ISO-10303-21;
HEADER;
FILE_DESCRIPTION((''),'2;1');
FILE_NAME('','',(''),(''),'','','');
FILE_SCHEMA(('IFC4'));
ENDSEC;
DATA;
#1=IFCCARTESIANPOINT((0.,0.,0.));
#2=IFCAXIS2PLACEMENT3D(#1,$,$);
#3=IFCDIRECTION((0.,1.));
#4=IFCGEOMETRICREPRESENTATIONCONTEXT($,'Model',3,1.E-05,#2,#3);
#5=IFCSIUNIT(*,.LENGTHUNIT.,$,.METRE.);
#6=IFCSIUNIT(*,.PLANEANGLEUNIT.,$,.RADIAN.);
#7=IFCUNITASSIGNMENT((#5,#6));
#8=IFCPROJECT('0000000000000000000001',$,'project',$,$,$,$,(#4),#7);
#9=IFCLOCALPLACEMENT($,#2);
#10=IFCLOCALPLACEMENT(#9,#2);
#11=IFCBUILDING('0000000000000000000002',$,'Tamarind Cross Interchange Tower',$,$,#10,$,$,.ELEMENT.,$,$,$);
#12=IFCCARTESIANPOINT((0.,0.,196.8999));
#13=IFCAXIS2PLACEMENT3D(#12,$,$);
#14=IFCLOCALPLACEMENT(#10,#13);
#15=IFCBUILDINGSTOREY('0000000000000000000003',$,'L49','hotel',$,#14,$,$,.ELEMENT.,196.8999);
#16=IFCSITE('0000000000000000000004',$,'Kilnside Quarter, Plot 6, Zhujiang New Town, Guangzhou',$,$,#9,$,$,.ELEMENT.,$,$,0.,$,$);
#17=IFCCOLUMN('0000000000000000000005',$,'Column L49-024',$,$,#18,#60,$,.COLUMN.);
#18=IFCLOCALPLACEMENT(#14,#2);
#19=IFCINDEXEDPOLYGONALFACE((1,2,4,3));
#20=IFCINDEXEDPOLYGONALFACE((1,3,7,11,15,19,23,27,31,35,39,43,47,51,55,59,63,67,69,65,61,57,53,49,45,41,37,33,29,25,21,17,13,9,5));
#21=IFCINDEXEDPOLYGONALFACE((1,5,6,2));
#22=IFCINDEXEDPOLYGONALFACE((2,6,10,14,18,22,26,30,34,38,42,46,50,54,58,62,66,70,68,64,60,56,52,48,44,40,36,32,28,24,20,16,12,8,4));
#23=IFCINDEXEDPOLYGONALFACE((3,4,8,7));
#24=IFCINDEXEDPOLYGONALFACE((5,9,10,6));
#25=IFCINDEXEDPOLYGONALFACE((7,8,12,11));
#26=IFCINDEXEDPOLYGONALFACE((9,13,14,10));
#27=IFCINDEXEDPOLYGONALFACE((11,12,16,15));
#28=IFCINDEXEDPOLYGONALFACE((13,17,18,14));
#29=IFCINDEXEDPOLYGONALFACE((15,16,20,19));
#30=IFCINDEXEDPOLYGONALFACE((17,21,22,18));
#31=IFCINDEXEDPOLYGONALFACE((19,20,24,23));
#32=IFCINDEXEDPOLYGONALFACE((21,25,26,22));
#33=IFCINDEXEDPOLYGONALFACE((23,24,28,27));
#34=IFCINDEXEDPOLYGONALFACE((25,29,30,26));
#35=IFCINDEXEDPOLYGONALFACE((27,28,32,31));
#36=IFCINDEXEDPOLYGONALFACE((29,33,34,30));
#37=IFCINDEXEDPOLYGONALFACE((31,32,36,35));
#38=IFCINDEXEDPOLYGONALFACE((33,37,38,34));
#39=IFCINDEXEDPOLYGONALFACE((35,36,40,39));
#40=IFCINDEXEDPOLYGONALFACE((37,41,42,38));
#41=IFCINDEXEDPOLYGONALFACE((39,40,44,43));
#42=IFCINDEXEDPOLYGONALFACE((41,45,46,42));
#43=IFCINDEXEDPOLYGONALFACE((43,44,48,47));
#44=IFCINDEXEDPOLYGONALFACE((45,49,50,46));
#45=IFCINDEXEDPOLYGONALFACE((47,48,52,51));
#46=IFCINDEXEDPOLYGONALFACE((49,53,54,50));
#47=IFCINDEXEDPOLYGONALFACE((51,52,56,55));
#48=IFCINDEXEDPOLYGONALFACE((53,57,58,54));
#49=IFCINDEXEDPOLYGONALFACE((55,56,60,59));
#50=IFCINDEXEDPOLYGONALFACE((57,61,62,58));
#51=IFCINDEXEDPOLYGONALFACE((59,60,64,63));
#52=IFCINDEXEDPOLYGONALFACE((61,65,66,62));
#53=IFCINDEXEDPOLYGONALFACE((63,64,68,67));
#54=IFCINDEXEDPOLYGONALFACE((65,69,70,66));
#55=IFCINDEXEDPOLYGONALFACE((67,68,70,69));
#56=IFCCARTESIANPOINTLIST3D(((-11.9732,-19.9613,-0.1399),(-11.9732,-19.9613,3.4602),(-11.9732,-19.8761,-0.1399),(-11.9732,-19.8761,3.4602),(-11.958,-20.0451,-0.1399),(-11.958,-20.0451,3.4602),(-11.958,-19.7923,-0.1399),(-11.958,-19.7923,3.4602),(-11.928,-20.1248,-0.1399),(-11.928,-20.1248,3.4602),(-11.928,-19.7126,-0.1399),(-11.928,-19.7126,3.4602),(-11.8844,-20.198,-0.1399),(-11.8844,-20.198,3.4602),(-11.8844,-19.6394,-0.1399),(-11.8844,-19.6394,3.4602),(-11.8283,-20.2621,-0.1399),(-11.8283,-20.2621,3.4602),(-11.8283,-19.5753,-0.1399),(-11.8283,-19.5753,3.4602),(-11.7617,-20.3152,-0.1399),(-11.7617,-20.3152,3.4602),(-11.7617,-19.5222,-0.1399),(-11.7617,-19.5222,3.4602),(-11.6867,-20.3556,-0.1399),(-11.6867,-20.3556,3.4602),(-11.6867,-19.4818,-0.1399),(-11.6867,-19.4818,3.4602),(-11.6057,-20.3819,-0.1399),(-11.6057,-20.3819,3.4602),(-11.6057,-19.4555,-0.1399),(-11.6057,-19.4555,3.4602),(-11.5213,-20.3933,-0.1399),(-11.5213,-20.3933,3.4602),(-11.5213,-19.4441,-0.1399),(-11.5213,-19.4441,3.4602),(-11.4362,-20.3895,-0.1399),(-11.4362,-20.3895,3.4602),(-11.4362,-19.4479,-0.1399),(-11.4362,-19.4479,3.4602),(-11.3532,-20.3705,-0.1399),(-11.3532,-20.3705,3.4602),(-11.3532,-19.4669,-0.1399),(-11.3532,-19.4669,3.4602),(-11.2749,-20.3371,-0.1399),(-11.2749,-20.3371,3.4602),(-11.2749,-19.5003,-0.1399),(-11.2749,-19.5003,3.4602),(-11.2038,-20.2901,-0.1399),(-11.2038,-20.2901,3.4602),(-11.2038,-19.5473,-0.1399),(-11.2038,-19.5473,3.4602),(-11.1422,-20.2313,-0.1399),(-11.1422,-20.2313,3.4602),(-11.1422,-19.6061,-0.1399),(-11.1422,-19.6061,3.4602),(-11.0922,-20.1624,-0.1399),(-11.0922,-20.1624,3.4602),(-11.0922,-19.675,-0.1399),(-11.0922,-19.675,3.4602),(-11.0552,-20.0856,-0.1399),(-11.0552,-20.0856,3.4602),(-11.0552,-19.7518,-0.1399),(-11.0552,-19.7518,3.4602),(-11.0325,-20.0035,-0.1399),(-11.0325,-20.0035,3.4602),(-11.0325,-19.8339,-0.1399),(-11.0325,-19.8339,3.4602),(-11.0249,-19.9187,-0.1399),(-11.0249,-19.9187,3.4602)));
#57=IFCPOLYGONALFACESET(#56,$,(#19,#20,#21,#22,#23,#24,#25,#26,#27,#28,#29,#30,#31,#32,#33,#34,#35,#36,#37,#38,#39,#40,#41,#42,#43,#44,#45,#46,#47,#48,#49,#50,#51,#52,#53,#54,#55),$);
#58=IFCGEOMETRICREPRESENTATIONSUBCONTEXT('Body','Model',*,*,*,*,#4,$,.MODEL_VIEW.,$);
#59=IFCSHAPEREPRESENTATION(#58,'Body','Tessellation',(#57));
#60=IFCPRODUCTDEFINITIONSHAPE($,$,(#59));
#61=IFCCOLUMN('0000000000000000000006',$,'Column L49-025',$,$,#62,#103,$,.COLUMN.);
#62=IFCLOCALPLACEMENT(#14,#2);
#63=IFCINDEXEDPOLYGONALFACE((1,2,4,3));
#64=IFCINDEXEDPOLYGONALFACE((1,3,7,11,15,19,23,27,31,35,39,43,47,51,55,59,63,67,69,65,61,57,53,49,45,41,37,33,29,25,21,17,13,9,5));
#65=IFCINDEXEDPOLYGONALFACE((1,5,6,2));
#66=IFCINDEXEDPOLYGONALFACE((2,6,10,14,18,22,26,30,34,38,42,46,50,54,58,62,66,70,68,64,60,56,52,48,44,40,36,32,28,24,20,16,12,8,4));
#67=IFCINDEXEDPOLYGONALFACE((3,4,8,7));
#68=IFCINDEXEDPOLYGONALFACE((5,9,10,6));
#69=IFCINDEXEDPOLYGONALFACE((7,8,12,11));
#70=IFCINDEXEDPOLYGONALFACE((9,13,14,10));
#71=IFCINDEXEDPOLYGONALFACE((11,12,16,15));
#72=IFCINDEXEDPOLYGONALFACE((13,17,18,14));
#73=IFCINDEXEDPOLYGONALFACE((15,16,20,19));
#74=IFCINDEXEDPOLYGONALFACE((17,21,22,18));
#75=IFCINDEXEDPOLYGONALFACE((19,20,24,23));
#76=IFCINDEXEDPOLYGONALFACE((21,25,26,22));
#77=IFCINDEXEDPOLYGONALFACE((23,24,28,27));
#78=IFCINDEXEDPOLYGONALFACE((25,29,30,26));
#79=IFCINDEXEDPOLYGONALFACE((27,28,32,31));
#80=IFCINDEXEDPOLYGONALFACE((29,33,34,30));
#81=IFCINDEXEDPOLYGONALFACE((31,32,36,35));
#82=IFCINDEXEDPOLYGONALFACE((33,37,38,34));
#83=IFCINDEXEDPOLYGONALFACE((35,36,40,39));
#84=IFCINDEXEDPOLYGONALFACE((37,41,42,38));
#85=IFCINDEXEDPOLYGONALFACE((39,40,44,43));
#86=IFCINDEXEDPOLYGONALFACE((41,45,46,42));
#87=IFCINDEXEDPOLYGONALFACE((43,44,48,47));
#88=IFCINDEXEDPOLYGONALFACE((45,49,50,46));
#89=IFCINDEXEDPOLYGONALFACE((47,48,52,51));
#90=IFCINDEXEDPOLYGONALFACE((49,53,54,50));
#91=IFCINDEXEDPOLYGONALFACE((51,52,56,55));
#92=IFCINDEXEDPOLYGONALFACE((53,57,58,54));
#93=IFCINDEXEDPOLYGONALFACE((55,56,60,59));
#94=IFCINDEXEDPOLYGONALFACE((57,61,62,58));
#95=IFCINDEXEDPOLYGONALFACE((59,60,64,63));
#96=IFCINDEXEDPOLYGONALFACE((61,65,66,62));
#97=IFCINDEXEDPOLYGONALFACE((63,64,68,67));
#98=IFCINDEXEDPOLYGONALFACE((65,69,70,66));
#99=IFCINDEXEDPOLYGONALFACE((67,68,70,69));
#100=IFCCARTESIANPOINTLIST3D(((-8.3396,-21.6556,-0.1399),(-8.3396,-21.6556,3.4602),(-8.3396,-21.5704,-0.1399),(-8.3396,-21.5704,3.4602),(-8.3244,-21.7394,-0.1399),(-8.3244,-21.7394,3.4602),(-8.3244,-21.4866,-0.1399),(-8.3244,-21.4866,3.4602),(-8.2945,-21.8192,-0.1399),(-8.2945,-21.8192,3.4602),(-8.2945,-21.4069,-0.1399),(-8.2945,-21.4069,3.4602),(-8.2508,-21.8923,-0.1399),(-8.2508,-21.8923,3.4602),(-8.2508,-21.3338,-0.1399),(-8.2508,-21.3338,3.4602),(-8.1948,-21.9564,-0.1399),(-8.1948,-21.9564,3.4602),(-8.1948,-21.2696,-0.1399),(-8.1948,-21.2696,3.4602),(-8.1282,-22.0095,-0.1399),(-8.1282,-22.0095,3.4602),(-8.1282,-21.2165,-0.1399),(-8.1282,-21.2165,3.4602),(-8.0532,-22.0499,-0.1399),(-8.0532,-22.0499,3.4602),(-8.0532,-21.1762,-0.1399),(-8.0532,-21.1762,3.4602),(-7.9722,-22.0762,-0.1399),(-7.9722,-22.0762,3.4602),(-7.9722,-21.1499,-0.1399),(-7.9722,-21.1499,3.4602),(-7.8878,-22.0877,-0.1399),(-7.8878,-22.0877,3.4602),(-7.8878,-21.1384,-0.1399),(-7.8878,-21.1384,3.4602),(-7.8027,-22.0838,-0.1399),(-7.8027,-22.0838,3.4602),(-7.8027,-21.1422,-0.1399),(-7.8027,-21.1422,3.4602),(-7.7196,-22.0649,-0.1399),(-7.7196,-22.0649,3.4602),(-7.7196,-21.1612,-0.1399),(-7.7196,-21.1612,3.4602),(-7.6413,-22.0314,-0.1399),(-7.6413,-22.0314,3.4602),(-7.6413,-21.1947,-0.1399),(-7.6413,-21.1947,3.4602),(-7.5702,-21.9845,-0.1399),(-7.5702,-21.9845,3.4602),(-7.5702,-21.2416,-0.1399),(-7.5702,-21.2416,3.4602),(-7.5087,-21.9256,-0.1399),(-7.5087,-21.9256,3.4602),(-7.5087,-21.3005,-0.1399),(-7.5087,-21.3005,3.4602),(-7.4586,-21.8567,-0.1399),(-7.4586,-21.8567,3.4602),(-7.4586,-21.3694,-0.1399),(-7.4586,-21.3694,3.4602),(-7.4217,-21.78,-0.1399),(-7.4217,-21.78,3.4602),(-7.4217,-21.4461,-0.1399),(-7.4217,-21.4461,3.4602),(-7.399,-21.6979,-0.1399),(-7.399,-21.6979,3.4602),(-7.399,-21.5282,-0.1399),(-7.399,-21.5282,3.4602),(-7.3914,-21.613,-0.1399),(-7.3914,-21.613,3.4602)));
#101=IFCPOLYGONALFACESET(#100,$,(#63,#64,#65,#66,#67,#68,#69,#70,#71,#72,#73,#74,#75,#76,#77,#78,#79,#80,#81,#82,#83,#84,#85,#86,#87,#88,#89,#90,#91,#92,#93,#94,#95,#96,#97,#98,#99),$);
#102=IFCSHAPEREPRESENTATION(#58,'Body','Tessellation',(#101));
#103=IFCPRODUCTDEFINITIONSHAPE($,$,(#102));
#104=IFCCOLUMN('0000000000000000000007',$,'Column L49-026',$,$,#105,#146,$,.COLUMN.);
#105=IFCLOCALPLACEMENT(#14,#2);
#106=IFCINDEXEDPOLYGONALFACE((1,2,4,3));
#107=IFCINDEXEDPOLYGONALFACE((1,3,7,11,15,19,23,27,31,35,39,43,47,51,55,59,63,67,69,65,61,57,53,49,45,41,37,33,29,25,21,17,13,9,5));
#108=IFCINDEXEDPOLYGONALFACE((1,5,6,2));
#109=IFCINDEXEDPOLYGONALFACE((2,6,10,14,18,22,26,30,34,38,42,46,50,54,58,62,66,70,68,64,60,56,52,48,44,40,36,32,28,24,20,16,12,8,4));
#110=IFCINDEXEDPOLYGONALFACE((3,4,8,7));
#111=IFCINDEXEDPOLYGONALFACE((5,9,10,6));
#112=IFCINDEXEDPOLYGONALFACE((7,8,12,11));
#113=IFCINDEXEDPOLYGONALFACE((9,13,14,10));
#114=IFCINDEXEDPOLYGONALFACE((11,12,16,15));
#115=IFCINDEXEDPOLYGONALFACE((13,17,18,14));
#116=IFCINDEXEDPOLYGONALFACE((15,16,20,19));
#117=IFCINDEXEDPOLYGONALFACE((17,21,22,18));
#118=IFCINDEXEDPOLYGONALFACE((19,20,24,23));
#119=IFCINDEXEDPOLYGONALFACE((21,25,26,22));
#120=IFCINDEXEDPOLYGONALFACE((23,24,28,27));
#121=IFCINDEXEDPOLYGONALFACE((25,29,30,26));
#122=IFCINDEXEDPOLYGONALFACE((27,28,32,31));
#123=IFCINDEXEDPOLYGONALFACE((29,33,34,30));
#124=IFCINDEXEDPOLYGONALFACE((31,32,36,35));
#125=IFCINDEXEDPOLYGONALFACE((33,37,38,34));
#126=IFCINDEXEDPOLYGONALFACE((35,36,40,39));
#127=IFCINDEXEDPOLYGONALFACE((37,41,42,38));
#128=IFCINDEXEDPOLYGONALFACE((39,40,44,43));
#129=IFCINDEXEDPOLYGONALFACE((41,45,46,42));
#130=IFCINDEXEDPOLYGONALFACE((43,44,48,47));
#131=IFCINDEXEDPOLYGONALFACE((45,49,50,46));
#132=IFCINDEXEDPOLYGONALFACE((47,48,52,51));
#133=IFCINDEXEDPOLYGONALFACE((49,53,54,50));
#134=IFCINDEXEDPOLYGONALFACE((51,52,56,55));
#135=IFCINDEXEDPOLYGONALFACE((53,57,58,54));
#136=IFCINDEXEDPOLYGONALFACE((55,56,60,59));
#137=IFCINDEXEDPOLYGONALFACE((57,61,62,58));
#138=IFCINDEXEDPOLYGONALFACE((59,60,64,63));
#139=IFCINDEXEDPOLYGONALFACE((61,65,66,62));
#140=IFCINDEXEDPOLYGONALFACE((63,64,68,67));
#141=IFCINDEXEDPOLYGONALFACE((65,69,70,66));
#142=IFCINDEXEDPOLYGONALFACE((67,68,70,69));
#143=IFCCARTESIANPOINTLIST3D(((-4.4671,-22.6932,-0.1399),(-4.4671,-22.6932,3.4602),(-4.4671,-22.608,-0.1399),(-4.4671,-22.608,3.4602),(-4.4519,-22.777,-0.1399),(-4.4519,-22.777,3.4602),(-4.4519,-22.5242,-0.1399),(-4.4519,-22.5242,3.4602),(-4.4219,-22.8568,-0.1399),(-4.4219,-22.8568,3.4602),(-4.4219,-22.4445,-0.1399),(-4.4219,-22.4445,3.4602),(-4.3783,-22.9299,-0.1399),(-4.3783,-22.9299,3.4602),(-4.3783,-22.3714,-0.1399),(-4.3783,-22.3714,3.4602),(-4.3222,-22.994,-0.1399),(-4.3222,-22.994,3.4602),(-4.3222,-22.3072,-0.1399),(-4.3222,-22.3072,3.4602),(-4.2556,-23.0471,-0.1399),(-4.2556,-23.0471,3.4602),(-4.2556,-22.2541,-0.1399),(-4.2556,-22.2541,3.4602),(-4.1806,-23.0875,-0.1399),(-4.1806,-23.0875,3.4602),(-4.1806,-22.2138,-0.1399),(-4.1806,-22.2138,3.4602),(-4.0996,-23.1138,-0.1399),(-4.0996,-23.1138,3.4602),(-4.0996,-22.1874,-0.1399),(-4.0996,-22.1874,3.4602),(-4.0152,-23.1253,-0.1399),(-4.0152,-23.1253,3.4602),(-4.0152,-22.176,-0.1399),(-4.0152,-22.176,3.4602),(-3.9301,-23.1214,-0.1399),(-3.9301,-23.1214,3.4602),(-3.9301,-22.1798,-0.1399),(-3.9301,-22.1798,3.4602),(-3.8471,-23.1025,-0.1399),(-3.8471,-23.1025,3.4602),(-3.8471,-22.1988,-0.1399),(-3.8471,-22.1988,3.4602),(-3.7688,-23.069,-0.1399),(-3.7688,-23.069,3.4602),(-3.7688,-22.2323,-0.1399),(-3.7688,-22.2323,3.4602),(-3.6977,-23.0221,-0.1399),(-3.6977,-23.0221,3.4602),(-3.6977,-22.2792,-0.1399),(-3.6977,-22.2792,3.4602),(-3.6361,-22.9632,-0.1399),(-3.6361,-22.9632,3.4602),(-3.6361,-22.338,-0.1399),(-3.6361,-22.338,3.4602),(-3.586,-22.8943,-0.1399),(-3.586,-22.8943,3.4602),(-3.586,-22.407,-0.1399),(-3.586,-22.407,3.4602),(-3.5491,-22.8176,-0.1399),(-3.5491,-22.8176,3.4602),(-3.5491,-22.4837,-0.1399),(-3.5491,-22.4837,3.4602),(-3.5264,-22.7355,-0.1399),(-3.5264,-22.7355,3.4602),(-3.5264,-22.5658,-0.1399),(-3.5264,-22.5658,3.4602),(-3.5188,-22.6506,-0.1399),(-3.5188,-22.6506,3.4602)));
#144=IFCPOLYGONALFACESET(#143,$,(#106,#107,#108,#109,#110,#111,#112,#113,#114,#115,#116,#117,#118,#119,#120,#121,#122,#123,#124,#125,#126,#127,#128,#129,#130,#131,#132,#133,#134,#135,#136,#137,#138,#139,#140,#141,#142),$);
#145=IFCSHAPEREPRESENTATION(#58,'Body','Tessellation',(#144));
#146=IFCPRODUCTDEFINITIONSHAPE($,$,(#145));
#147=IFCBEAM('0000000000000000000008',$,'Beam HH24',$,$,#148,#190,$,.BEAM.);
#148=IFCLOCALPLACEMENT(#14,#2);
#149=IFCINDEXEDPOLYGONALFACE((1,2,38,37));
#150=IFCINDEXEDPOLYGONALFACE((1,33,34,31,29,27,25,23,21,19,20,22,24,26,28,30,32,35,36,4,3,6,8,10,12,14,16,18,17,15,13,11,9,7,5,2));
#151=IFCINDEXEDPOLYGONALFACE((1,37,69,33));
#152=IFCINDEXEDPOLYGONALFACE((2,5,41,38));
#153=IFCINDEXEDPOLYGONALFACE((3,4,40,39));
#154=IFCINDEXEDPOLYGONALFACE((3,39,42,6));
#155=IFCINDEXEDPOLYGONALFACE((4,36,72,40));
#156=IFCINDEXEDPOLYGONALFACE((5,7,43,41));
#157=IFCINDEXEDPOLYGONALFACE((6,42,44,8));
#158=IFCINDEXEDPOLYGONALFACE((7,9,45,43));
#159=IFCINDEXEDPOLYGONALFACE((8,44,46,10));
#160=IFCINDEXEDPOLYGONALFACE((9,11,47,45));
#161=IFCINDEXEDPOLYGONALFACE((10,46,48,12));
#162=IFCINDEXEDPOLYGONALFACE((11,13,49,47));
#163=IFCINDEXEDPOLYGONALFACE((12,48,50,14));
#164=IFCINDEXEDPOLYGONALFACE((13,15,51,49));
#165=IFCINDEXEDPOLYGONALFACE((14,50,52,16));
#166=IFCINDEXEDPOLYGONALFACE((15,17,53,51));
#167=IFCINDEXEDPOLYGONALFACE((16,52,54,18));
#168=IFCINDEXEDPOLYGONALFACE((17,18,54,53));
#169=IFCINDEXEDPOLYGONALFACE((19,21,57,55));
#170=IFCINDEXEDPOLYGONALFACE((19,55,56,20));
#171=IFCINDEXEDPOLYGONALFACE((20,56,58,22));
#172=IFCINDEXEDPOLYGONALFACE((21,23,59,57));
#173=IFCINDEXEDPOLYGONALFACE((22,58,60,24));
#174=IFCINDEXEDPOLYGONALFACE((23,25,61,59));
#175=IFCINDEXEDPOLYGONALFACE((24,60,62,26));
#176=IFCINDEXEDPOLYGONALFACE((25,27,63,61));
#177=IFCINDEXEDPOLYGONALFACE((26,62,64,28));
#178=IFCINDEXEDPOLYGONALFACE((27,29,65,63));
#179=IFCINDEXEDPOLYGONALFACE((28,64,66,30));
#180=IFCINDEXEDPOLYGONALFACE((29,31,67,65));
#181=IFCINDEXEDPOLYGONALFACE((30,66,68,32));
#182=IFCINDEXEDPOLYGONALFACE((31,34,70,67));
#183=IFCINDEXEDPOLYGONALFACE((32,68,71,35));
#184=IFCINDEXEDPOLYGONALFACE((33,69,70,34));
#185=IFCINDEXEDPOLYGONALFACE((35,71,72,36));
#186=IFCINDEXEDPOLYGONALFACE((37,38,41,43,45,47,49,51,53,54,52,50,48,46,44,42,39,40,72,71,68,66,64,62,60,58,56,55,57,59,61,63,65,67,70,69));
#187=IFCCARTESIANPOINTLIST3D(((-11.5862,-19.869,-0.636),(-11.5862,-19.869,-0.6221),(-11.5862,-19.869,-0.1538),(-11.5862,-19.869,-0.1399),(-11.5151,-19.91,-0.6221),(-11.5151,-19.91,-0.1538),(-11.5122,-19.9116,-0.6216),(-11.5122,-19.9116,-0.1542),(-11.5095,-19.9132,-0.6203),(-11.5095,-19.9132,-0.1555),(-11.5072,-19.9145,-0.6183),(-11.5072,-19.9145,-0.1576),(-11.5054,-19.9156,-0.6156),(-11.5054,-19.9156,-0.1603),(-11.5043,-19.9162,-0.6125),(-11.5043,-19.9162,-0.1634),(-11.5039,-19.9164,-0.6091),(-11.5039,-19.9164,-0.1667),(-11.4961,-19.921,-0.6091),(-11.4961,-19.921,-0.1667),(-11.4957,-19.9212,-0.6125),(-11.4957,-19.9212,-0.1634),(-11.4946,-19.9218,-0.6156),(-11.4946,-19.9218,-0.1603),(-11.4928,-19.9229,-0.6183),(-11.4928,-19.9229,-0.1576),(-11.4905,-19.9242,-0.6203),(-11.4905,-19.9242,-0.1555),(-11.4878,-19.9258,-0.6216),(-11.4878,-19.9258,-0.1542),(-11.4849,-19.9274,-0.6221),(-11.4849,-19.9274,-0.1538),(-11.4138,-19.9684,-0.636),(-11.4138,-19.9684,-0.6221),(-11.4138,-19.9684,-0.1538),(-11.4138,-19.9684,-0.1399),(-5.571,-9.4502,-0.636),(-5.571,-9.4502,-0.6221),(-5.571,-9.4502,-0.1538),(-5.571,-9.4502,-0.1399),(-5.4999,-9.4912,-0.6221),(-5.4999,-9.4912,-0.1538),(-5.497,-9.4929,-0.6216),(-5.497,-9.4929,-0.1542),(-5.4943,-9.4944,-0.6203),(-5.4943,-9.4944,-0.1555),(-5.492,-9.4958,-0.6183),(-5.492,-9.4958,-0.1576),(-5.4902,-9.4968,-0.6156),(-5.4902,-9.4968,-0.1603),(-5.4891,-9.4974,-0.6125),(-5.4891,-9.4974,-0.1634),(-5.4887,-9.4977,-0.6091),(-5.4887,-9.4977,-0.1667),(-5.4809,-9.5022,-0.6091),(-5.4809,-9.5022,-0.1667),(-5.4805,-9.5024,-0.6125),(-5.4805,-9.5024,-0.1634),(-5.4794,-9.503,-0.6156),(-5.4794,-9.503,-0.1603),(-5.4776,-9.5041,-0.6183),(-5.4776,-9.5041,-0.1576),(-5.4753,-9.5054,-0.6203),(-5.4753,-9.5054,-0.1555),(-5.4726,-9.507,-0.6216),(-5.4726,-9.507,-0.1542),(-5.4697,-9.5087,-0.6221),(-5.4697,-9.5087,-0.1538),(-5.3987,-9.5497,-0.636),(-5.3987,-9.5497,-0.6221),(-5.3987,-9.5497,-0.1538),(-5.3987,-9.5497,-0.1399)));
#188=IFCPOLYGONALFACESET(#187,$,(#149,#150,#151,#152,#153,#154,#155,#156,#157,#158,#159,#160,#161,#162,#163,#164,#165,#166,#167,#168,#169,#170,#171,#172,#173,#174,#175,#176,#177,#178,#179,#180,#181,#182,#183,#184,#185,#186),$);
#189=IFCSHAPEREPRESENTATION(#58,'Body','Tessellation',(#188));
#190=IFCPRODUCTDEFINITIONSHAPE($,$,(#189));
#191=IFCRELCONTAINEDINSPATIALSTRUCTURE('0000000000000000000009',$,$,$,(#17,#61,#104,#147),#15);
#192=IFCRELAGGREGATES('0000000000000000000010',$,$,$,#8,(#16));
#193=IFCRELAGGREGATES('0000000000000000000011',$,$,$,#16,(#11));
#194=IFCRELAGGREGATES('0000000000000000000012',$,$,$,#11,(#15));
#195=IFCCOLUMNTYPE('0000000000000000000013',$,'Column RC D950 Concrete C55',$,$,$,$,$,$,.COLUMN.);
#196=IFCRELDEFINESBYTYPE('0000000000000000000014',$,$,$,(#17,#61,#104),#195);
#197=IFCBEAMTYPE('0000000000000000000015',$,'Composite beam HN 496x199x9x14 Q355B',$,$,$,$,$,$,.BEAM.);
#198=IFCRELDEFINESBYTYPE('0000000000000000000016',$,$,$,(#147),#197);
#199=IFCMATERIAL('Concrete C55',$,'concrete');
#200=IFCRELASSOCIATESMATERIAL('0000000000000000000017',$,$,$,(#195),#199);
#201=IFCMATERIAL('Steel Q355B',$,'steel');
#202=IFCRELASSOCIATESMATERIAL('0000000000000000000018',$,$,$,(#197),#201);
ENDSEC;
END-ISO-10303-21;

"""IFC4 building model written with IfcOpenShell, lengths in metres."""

from ifc_helpers import new_model, si_unit, direction, frame, origin, origin_2d, place, context, subcontext, project, spatial, circle, i_section, extrude, material, material_profile, profile_set, type_object, element, save


model = new_model("IFC4")

# Units and contexts
model_context = context("Model", 3, precision=1e-05, world=origin(), true_north=direction((0.0, 1.0)))
body_context = subcontext(model_context, "Body", "Model", "MODEL_VIEW")
ifc_project = project(units=[si_unit("LENGTHUNIT", "METRE"), si_unit("PLANEANGLEUNIT", "RADIAN")], contexts=[model_context])

# Site, building, storey
site_placement = place(None, origin())
site = spatial("IfcSite", under=ifc_project, at=site_placement, Name="Kilnside Quarter, Plot 6, Zhujiang New Town, Guangzhou", CompositionType="ELEMENT", RefElevation=0.0)
building_placement = place(site_placement, origin())
building = spatial("IfcBuilding", under=site, at=building_placement, Name="Tamarind Cross Interchange Tower", CompositionType="ELEMENT")
storey_placement = place(building_placement, frame((0.0, 0.0, 196.8999)))
storey = spatial("IfcBuildingStorey", under=building, at=storey_placement, Name="L49", Description="hotel", CompositionType="ELEMENT", Elevation=196.8999)

# Columns
ifc_material_1 = material(Name="Concrete C55", Category="concrete")
ifc_material_profile_1 = material_profile(ifc_material_1, circle(Radius=0.4751, at=origin_2d()), Name="RC D950")
ifc_profile_set_1 = profile_set([ifc_material_profile_1], Name="Concrete C55")
column_type = type_object("IfcColumnType", Name="Column RC D950 Concrete C55", PredefinedType="COLUMN", material=ifc_profile_set_1)
for number, where, z_axis, x_axis, name in (
    (1, (-11.5, -19.9187, -0.1399), (0.0, 0.0, 1.0), (1.0, 0.0, 0.0), "Column L49-024"),
    (2, (-7.8665, -21.613, -0.1399), (0.0, 0.0, 1.0), (1.0, 0.0, 0.0), "Column L49-025"),
    (3, (-3.9939, -22.6506, -0.1399), (0.0, 0.0, 1.0), (1.0, 0.0, 0.0), "Column L49-026"),
):
    element("IfcColumn", number, at=place(storey_placement, frame(where, z_axis=z_axis, x_axis=x_axis)), inside=storey, type_object=column_type, Name=name, PredefinedType="COLUMN", context=body_context, shape_type="SweptSolid", body=[
        extrude(circle(Radius=0.4751, at=origin_2d()), origin(), (0.0, 0.0, 1.0), 3.6001),
    ])

# Beam
ifc_material_2 = material(Name="Steel Q355B", Category="steel")
ifc_material_profile_2 = material_profile(ifc_material_2, i_section(OverallWidth=0.199, OverallDepth=0.4961, WebThickness=0.009, FlangeThickness=0.0139, FilletRadius=0.0129, at=origin_2d()), Name="HN 496x199x9x14")
ifc_profile_set_2 = profile_set([ifc_material_profile_2], Name="Steel Q355B")
beam_type = type_object("IfcBeamType", Name="Composite beam HN 496x199x9x14 Q355B", PredefinedType="BEAM", material=ifc_profile_set_2)
beam_1_placement = place(storey_placement, frame((-11.5, -19.9187, -0.3879), z_axis=(0.499994, 0.866029, 0.0), x_axis=(-0.866029, 0.499994, 0.0)))
element("IfcBeam", 4, at=beam_1_placement, inside=storey, type_object=beam_type, Name="Beam HH24", PredefinedType="BEAM", context=body_context, shape_type="SweptSolid", body=[
    extrude(i_section(OverallWidth=0.199, OverallDepth=0.4961, WebThickness=0.009, FlangeThickness=0.0139, FilletRadius=0.0129, at=origin_2d()), origin(), (0.0, 0.0, 1.0), 12.0305),
])

save(model, "model.ifc")
